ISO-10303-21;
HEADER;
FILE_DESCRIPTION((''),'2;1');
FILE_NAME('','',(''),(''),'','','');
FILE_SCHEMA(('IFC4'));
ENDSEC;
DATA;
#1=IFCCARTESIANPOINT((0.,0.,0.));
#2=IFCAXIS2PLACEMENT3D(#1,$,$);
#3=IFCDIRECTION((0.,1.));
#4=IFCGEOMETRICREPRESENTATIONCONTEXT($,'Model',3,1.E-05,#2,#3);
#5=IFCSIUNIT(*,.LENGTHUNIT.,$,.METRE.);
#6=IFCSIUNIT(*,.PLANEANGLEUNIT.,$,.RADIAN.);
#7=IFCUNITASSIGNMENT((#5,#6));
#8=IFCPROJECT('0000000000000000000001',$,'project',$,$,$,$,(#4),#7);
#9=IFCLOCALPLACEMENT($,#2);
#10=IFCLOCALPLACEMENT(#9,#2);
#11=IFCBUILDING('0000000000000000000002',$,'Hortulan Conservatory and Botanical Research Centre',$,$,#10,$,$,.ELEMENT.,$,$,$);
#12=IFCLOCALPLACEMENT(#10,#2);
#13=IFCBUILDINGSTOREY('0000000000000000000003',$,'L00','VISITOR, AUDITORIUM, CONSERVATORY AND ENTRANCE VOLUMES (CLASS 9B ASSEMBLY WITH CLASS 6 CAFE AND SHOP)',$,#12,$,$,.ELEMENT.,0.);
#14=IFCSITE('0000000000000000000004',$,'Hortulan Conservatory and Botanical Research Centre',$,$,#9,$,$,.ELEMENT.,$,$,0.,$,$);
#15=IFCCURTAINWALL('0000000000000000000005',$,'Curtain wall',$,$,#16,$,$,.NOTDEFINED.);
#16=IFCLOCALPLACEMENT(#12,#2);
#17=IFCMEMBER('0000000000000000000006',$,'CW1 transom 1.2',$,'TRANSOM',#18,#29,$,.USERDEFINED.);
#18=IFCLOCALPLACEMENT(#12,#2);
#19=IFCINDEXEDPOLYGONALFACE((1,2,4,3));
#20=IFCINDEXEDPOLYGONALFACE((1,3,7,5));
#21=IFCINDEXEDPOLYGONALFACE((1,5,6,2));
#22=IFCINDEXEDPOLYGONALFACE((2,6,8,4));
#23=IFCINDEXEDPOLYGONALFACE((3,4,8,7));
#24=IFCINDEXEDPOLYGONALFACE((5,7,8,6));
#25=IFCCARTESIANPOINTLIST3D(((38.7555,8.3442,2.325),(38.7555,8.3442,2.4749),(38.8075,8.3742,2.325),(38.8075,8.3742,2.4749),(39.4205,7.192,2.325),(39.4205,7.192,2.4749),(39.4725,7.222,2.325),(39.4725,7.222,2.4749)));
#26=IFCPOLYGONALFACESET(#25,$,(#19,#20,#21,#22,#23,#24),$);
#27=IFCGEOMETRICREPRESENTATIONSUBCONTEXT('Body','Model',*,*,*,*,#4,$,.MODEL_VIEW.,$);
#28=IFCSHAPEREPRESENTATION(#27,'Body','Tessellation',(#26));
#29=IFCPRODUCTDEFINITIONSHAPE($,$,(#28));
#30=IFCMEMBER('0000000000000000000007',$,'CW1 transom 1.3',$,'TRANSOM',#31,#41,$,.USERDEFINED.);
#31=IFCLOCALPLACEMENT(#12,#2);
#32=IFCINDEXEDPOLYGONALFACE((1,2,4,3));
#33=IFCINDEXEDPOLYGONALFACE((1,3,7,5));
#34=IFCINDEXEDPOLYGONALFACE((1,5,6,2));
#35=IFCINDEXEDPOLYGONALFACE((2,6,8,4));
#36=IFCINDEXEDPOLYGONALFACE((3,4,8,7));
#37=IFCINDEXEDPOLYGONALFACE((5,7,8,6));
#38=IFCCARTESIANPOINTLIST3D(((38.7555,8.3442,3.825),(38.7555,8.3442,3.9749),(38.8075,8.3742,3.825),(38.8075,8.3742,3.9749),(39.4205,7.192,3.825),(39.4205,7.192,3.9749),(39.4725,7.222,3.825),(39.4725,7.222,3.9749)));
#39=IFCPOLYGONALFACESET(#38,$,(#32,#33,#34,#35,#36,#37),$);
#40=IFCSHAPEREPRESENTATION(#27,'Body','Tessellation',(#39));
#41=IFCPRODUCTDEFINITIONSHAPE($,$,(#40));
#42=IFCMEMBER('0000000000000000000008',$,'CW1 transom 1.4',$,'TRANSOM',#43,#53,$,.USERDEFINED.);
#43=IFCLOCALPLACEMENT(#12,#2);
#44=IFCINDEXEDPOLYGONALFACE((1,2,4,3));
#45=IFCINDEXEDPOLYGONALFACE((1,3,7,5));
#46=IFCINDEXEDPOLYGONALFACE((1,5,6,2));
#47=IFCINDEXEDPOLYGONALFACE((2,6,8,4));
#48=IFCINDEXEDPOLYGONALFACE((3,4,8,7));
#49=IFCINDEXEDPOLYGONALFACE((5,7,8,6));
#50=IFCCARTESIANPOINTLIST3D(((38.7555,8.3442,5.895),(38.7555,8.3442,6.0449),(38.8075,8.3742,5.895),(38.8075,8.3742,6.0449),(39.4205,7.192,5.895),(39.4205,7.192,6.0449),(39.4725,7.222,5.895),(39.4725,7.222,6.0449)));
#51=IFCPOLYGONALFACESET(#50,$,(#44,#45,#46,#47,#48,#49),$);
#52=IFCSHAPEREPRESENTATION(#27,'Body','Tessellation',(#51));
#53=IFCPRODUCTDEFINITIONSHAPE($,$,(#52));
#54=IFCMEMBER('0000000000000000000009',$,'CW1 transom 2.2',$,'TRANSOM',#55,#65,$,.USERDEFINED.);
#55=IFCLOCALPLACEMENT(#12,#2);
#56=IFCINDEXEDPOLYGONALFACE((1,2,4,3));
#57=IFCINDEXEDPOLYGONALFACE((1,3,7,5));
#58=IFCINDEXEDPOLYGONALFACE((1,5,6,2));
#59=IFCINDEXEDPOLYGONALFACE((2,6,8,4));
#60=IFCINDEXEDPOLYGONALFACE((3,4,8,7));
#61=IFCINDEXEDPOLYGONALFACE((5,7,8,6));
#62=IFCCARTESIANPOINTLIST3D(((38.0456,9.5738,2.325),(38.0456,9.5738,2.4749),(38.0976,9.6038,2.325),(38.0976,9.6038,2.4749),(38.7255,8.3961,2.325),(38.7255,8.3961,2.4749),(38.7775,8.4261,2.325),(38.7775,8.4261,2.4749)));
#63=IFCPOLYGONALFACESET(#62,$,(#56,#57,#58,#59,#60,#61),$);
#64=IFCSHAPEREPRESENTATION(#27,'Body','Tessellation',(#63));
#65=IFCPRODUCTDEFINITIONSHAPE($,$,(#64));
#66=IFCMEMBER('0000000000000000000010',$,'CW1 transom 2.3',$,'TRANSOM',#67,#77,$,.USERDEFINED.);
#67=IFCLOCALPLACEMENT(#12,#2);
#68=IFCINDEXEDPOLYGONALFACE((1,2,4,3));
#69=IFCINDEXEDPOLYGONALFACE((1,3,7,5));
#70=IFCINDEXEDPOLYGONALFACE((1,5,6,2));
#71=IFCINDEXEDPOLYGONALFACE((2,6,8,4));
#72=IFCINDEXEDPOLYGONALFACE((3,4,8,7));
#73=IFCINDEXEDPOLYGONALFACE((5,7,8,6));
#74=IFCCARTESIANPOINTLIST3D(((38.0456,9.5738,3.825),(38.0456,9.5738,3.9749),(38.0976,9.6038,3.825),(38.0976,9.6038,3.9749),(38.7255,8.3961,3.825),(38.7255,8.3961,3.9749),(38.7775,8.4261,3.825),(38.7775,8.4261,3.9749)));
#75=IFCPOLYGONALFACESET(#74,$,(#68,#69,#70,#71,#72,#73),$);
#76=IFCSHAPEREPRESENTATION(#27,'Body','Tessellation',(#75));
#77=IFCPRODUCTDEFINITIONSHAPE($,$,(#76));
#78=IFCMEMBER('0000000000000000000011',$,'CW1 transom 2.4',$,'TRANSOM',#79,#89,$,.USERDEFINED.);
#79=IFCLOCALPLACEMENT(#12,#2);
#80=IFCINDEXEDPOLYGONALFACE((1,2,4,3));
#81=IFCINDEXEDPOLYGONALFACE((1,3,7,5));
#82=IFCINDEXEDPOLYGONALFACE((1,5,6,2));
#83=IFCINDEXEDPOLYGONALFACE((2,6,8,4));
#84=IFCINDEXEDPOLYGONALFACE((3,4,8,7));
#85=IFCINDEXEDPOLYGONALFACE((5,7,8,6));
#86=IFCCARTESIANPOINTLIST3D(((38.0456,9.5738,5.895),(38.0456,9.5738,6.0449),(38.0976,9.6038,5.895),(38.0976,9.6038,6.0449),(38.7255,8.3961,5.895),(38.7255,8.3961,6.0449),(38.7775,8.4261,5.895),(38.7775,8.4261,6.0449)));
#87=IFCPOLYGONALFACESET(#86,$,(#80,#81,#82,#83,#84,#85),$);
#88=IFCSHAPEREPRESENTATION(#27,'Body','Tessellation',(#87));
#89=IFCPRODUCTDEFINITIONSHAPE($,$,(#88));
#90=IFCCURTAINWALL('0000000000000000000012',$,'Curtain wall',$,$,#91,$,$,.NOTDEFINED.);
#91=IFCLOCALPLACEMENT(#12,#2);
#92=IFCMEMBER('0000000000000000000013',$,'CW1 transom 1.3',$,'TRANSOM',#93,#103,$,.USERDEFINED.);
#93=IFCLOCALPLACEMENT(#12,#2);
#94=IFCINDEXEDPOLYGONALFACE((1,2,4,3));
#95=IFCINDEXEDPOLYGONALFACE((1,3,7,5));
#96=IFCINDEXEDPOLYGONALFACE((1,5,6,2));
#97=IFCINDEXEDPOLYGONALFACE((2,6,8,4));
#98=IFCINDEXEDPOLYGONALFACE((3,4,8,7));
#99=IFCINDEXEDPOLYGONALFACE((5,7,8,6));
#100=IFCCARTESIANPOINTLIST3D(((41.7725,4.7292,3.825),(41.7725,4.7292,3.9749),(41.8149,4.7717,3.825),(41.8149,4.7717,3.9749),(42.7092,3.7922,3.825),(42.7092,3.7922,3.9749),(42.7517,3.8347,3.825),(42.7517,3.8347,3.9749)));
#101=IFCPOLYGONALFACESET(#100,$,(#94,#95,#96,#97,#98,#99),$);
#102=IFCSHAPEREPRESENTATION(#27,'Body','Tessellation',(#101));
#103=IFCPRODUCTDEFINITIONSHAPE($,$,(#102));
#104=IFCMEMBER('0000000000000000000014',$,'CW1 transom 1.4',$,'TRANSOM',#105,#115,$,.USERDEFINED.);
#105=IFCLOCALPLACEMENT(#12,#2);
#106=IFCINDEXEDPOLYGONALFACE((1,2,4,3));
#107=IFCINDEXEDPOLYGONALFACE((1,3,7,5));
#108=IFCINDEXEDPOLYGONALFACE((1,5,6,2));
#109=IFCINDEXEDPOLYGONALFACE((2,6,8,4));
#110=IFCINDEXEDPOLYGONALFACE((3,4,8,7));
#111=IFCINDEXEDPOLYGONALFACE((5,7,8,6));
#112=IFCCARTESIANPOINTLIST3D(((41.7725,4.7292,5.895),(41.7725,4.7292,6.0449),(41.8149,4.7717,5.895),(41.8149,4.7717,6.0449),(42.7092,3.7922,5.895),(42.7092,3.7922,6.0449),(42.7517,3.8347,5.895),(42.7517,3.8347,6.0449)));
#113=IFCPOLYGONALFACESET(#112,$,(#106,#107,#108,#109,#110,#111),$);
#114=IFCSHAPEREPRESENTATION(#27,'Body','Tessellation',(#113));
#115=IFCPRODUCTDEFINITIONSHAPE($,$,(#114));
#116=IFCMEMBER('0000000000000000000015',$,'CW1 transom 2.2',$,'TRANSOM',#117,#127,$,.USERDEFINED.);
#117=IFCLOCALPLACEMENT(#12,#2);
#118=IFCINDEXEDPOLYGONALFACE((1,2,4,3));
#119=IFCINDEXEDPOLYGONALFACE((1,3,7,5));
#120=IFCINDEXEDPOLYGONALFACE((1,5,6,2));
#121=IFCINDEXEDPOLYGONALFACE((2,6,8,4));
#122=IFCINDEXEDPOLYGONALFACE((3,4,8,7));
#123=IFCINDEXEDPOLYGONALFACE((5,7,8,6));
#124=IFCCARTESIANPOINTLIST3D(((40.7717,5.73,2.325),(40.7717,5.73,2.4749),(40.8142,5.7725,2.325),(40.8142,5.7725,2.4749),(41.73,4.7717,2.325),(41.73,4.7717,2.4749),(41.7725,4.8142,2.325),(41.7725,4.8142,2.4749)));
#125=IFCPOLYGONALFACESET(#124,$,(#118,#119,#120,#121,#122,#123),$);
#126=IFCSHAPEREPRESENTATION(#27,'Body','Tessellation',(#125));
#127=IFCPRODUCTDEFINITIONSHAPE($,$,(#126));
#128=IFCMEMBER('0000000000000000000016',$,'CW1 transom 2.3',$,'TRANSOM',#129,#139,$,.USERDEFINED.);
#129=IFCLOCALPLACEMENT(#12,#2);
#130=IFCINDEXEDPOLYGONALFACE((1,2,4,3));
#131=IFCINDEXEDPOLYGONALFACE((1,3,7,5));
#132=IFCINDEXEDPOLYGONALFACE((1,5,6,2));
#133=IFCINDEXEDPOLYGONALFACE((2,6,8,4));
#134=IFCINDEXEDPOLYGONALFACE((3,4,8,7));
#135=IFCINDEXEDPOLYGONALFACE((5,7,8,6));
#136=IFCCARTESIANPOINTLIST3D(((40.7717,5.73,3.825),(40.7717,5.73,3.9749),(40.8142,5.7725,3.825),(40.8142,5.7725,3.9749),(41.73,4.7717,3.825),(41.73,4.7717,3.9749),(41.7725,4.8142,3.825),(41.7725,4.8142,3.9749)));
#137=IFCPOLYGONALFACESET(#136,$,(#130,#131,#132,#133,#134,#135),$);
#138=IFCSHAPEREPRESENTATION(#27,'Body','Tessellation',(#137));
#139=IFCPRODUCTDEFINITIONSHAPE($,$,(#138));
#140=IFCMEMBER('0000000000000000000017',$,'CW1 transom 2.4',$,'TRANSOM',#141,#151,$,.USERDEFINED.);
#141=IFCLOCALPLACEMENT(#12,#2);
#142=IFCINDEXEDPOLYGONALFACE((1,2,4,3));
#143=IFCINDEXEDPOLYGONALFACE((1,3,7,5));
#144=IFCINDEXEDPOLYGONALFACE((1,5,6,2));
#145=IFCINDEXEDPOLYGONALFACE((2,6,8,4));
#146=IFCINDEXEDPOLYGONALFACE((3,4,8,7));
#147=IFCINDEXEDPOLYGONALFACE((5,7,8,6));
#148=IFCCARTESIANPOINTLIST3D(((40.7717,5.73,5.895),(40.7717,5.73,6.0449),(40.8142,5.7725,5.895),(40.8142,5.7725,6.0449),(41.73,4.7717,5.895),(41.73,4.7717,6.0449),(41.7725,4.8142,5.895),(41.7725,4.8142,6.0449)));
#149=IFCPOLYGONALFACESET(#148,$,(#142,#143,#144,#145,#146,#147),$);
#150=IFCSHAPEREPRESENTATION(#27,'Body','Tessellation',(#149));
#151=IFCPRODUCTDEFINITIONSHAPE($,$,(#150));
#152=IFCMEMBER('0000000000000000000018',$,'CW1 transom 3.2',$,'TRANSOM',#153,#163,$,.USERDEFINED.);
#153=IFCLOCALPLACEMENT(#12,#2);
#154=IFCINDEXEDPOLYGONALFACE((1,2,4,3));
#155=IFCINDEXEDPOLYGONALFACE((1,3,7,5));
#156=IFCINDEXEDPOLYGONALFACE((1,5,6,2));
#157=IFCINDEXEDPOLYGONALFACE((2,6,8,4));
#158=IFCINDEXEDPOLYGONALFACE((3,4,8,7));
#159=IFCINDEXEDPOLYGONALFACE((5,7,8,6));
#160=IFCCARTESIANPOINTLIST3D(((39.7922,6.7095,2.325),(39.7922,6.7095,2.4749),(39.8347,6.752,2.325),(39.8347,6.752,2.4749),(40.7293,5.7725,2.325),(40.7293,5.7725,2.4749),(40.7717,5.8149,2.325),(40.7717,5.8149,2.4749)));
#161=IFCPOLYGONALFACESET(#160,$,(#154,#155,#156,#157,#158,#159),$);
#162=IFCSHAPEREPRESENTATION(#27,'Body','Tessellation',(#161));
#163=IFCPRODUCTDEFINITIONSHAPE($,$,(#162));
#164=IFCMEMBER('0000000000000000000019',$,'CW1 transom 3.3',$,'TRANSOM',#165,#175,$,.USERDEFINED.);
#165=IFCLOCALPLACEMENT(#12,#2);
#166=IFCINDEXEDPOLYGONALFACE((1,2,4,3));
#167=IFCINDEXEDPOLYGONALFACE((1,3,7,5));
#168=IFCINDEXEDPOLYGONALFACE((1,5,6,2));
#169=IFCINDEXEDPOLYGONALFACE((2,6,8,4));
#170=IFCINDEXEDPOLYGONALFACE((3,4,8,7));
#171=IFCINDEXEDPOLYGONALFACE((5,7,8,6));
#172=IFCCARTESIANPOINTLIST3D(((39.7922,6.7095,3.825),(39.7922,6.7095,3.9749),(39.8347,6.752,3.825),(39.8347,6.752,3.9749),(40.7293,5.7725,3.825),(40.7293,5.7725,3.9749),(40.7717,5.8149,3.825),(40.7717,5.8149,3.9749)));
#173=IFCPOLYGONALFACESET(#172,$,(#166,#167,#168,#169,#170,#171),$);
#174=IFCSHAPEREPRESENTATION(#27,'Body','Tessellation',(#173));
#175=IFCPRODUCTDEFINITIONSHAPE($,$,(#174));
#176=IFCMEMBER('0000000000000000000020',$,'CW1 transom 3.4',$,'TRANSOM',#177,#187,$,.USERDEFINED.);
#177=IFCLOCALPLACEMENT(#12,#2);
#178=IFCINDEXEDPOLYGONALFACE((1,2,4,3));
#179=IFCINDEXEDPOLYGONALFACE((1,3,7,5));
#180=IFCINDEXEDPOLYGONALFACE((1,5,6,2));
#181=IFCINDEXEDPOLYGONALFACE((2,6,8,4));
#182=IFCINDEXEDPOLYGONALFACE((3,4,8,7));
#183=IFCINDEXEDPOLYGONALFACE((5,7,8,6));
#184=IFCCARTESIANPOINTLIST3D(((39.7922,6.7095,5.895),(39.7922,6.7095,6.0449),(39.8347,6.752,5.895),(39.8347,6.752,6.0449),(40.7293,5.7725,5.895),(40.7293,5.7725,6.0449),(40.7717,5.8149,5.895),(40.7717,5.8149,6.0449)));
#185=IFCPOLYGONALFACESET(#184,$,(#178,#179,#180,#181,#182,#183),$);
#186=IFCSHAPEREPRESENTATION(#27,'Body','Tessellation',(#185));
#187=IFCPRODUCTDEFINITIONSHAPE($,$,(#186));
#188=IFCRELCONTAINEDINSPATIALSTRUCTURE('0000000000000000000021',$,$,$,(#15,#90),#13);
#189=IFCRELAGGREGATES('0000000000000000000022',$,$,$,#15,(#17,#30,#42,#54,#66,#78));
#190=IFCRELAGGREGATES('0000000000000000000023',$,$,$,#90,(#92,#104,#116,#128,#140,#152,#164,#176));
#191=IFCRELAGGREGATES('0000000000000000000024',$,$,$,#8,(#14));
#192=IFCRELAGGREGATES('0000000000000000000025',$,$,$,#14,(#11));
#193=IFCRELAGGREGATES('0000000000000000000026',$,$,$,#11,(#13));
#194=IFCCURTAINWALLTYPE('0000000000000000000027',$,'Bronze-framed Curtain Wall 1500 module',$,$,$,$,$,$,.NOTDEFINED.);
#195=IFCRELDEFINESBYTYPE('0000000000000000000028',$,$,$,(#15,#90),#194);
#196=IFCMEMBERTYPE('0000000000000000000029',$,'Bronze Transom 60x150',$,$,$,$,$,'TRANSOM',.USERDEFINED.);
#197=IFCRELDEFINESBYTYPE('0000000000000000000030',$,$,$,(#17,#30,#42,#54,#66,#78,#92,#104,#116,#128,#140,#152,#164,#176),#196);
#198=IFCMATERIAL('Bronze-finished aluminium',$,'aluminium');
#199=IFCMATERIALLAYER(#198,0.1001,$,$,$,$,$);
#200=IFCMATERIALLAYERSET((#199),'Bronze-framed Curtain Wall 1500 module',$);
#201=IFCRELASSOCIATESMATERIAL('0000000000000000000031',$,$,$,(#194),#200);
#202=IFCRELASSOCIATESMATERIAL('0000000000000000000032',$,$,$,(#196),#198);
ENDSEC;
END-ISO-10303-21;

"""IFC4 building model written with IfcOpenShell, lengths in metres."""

from ifc_helpers import new_model, si_unit, direction, frame, origin, origin_2d, place, context, subcontext, project, spatial, rectangle, extrude, material, layer, layer_set, material_profile, profile_set, type_object, element, aggregate, save


model = new_model("IFC4")

# Units and contexts
model_context = context("Model", 3, precision=1e-05, world=origin(), true_north=direction((0.0, 1.0)))
body_context = subcontext(model_context, "Body", "Model", "MODEL_VIEW")
ifc_project = project(units=[si_unit("LENGTHUNIT", "METRE"), si_unit("PLANEANGLEUNIT", "RADIAN")], contexts=[model_context])

# Site, building, storey
site_placement = place(None, origin())
site = spatial("IfcSite", under=ifc_project, at=site_placement, Name="Hortulan Conservatory and Botanical Research Centre", CompositionType="ELEMENT", RefElevation=0.0)
building_placement = place(site_placement, origin())
building = spatial("IfcBuilding", under=site, at=building_placement, Name="Hortulan Conservatory and Botanical Research Centre", CompositionType="ELEMENT")
storey_placement = place(building_placement, origin())
storey = spatial("IfcBuildingStorey", under=building, at=storey_placement, Name="L00", Description="VISITOR, AUDITORIUM, CONSERVATORY AND ENTRANCE VOLUMES (CLASS 9B ASSEMBLY WITH CLASS 6 CAFE AND SHOP)", CompositionType="ELEMENT", Elevation=0.0)

# Curtain walls, members
ifc_material_1 = material(Name="Bronze-finished aluminium", Category="aluminium")
ifc_layer_1 = layer(ifc_material_1, 0.1001)
ifc_layer_set_1 = layer_set([ifc_layer_1], Name="Bronze-framed Curtain Wall 1500 module")
curtain_wall_type = type_object("IfcCurtainWallType", Name="Bronze-framed Curtain Wall 1500 module", PredefinedType="NOTDEFINED", material=ifc_layer_set_1)
curtain_wall_1_placement = place(storey_placement, origin())
curtain_wall_1 = element("IfcCurtainWall", 1, at=curtain_wall_1_placement, inside=storey, type_object=curtain_wall_type, Name="Curtain wall", PredefinedType="NOTDEFINED")
ifc_material_profile_1 = material_profile(ifc_material_1, rectangle(XDim=0.0601, YDim=0.1499, at=origin_2d()), Name="Bronze Transom 60x150")
ifc_profile_set_1 = profile_set([ifc_material_profile_1], Name="Bronze-finished aluminium")
member_type = type_object("IfcMemberType", Name="Bronze Transom 60x150", ElementType="TRANSOM", PredefinedType="USERDEFINED", material=ifc_profile_set_1)
member_1_placement = place(storey_placement, frame((39.4465, 7.207, 2.3999), z_axis=(-0.499929, 0.866066, 0.0), x_axis=(-0.866066, -0.499929, 0.0)))
member_1 = element("IfcMember", 2, at=member_1_placement, type_object=member_type, Name="CW1 transom 1.2", ObjectType="TRANSOM", PredefinedType="USERDEFINED", context=body_context, shape_type="SweptSolid", body=[
    extrude(rectangle(XDim=0.0601, YDim=0.1499, at=origin_2d()), origin(), (0.0, 0.0, 1.0), 1.3303),
])
member_2_placement = place(storey_placement, frame((39.4465, 7.207, 3.8999), z_axis=(-0.499929, 0.866066, 0.0), x_axis=(-0.866066, -0.499929, 0.0)))
member_2 = element("IfcMember", 3, at=member_2_placement, type_object=member_type, Name="CW1 transom 1.3", ObjectType="TRANSOM", PredefinedType="USERDEFINED", context=body_context, shape_type="SweptSolid", body=[
    extrude(rectangle(XDim=0.0601, YDim=0.1499, at=origin_2d()), origin(), (0.0, 0.0, 1.0), 1.3303),
])
member_3_placement = place(storey_placement, frame((39.4465, 7.207, 5.97), z_axis=(-0.499929, 0.866066, 0.0), x_axis=(-0.866066, -0.499929, 0.0)))
member_3 = element("IfcMember", 4, at=member_3_placement, type_object=member_type, Name="CW1 transom 1.4", ObjectType="TRANSOM", PredefinedType="USERDEFINED", context=body_context, shape_type="SweptSolid", body=[
    extrude(rectangle(XDim=0.0601, YDim=0.1499, at=origin_2d()), origin(), (0.0, 0.0, 1.0), 1.3303),
])
member_4_placement = place(storey_placement, frame((38.7515, 8.4111, 2.3999), z_axis=(-0.499981, 0.866036, 0.0), x_axis=(-0.866036, -0.499981, 0.0)))
member_4 = element("IfcMember", 5, at=member_4_placement, type_object=member_type, Name="CW1 transom 2.2", ObjectType="TRANSOM", PredefinedType="USERDEFINED", context=body_context, shape_type="SweptSolid", body=[
    extrude(rectangle(XDim=0.0601, YDim=0.1499, at=origin_2d()), origin(), (0.0, 0.0, 1.0), 1.3599),
])
member_5_placement = place(storey_placement, frame((38.7515, 8.4111, 3.8999), z_axis=(-0.499981, 0.866036, 0.0), x_axis=(-0.866036, -0.499981, 0.0)))
member_5 = element("IfcMember", 6, at=member_5_placement, type_object=member_type, Name="CW1 transom 2.3", ObjectType="TRANSOM", PredefinedType="USERDEFINED", context=body_context, shape_type="SweptSolid", body=[
    extrude(rectangle(XDim=0.0601, YDim=0.1499, at=origin_2d()), origin(), (0.0, 0.0, 1.0), 1.3599),
])
member_6_placement = place(storey_placement, frame((38.7515, 8.4111, 5.97), z_axis=(-0.499981, 0.866036, 0.0), x_axis=(-0.866036, -0.499981, 0.0)))
member_6 = element("IfcMember", 7, at=member_6_placement, type_object=member_type, Name="CW1 transom 2.4", ObjectType="TRANSOM", PredefinedType="USERDEFINED", context=body_context, shape_type="SweptSolid", body=[
    extrude(rectangle(XDim=0.0601, YDim=0.1499, at=origin_2d()), origin(), (0.0, 0.0, 1.0), 1.3599),
])
curtain_wall_2_placement = place(storey_placement, origin())
curtain_wall_2 = element("IfcCurtainWall", 8, at=curtain_wall_2_placement, inside=storey, type_object=curtain_wall_type, Name="Curtain wall", PredefinedType="NOTDEFINED")
member_7_placement = place(storey_placement, frame((42.7305, 3.8135, 3.8999), z_axis=(-0.707015, 0.707199, 0.0), x_axis=(-0.707199, -0.707015, 0.0)))
member_7 = element("IfcMember", 9, at=member_7_placement, type_object=member_type, Name="CW1 transom 1.3", ObjectType="TRANSOM", PredefinedType="USERDEFINED", context=body_context, shape_type="SweptSolid", body=[
    extrude(rectangle(XDim=0.0601, YDim=0.1499, at=origin_2d()), origin(), (0.0, 0.0, 1.0), 1.325),
])
member_8_placement = place(storey_placement, frame((42.7305, 3.8135, 5.97), z_axis=(-0.707015, 0.707199, 0.0), x_axis=(-0.707199, -0.707015, 0.0)))
member_8 = element("IfcMember", 10, at=member_8_placement, type_object=member_type, Name="CW1 transom 1.4", ObjectType="TRANSOM", PredefinedType="USERDEFINED", context=body_context, shape_type="SweptSolid", body=[
    extrude(rectangle(XDim=0.0601, YDim=0.1499, at=origin_2d()), origin(), (0.0, 0.0, 1.0), 1.325),
])
member_9_placement = place(storey_placement, frame((41.7512, 4.793, 2.3999), z_axis=(-0.707107, 0.707107, 0.0), x_axis=(-0.707107, -0.707107, 0.0)))
member_9 = element("IfcMember", 11, at=member_9_placement, type_object=member_type, Name="CW1 transom 2.2", ObjectType="TRANSOM", PredefinedType="USERDEFINED", context=body_context, shape_type="SweptSolid", body=[
    extrude(rectangle(XDim=0.0601, YDim=0.1499, at=origin_2d()), origin(), (0.0, 0.0, 1.0), 1.3552),
])
member_10_placement = place(storey_placement, frame((41.7512, 4.793, 3.8999), z_axis=(-0.707107, 0.707107, 0.0), x_axis=(-0.707107, -0.707107, 0.0)))
member_10 = element("IfcMember", 12, at=member_10_placement, type_object=member_type, Name="CW1 transom 2.3", ObjectType="TRANSOM", PredefinedType="USERDEFINED", context=body_context, shape_type="SweptSolid", body=[
    extrude(rectangle(XDim=0.0601, YDim=0.1499, at=origin_2d()), origin(), (0.0, 0.0, 1.0), 1.3552),
])
member_11_placement = place(storey_placement, frame((41.7512, 4.793, 5.97), z_axis=(-0.707107, 0.707107, 0.0), x_axis=(-0.707107, -0.707107, 0.0)))
member_11 = element("IfcMember", 13, at=member_11_placement, type_object=member_type, Name="CW1 transom 2.4", ObjectType="TRANSOM", PredefinedType="USERDEFINED", context=body_context, shape_type="SweptSolid", body=[
    extrude(rectangle(XDim=0.0601, YDim=0.1499, at=origin_2d()), origin(), (0.0, 0.0, 1.0), 1.3552),
])
member_12_placement = place(storey_placement, frame((40.7505, 5.7937, 2.3999), z_axis=(-0.707107, 0.707107, 0.0), x_axis=(-0.707107, -0.707107, 0.0)))
member_12 = element("IfcMember", 14, at=member_12_placement, type_object=member_type, Name="CW1 transom 3.2", ObjectType="TRANSOM", PredefinedType="USERDEFINED", context=body_context, shape_type="SweptSolid", body=[
    extrude(rectangle(XDim=0.0601, YDim=0.1499, at=origin_2d()), origin(), (0.0, 0.0, 1.0), 1.3252),
])
member_13_placement = place(storey_placement, frame((40.7505, 5.7937, 3.8999), z_axis=(-0.707107, 0.707107, 0.0), x_axis=(-0.707107, -0.707107, 0.0)))
member_13 = element("IfcMember", 15, at=member_13_placement, type_object=member_type, Name="CW1 transom 3.3", ObjectType="TRANSOM", PredefinedType="USERDEFINED", context=body_context, shape_type="SweptSolid", body=[
    extrude(rectangle(XDim=0.0601, YDim=0.1499, at=origin_2d()), origin(), (0.0, 0.0, 1.0), 1.3252),
])
member_14_placement = place(storey_placement, frame((40.7505, 5.7937, 5.97), z_axis=(-0.707107, 0.707107, 0.0), x_axis=(-0.707107, -0.707107, 0.0)))
member_14 = element("IfcMember", 16, at=member_14_placement, type_object=member_type, Name="CW1 transom 3.4", ObjectType="TRANSOM", PredefinedType="USERDEFINED", context=body_context, shape_type="SweptSolid", body=[
    extrude(rectangle(XDim=0.0601, YDim=0.1499, at=origin_2d()), origin(), (0.0, 0.0, 1.0), 1.3252),
])

aggregate(curtain_wall_1, [member_1, member_2, member_3, member_4, member_5, member_6])
aggregate(curtain_wall_2, [member_7, member_8, member_9, member_10, member_11, member_12, member_13, member_14])

save(model, "model.ifc")
